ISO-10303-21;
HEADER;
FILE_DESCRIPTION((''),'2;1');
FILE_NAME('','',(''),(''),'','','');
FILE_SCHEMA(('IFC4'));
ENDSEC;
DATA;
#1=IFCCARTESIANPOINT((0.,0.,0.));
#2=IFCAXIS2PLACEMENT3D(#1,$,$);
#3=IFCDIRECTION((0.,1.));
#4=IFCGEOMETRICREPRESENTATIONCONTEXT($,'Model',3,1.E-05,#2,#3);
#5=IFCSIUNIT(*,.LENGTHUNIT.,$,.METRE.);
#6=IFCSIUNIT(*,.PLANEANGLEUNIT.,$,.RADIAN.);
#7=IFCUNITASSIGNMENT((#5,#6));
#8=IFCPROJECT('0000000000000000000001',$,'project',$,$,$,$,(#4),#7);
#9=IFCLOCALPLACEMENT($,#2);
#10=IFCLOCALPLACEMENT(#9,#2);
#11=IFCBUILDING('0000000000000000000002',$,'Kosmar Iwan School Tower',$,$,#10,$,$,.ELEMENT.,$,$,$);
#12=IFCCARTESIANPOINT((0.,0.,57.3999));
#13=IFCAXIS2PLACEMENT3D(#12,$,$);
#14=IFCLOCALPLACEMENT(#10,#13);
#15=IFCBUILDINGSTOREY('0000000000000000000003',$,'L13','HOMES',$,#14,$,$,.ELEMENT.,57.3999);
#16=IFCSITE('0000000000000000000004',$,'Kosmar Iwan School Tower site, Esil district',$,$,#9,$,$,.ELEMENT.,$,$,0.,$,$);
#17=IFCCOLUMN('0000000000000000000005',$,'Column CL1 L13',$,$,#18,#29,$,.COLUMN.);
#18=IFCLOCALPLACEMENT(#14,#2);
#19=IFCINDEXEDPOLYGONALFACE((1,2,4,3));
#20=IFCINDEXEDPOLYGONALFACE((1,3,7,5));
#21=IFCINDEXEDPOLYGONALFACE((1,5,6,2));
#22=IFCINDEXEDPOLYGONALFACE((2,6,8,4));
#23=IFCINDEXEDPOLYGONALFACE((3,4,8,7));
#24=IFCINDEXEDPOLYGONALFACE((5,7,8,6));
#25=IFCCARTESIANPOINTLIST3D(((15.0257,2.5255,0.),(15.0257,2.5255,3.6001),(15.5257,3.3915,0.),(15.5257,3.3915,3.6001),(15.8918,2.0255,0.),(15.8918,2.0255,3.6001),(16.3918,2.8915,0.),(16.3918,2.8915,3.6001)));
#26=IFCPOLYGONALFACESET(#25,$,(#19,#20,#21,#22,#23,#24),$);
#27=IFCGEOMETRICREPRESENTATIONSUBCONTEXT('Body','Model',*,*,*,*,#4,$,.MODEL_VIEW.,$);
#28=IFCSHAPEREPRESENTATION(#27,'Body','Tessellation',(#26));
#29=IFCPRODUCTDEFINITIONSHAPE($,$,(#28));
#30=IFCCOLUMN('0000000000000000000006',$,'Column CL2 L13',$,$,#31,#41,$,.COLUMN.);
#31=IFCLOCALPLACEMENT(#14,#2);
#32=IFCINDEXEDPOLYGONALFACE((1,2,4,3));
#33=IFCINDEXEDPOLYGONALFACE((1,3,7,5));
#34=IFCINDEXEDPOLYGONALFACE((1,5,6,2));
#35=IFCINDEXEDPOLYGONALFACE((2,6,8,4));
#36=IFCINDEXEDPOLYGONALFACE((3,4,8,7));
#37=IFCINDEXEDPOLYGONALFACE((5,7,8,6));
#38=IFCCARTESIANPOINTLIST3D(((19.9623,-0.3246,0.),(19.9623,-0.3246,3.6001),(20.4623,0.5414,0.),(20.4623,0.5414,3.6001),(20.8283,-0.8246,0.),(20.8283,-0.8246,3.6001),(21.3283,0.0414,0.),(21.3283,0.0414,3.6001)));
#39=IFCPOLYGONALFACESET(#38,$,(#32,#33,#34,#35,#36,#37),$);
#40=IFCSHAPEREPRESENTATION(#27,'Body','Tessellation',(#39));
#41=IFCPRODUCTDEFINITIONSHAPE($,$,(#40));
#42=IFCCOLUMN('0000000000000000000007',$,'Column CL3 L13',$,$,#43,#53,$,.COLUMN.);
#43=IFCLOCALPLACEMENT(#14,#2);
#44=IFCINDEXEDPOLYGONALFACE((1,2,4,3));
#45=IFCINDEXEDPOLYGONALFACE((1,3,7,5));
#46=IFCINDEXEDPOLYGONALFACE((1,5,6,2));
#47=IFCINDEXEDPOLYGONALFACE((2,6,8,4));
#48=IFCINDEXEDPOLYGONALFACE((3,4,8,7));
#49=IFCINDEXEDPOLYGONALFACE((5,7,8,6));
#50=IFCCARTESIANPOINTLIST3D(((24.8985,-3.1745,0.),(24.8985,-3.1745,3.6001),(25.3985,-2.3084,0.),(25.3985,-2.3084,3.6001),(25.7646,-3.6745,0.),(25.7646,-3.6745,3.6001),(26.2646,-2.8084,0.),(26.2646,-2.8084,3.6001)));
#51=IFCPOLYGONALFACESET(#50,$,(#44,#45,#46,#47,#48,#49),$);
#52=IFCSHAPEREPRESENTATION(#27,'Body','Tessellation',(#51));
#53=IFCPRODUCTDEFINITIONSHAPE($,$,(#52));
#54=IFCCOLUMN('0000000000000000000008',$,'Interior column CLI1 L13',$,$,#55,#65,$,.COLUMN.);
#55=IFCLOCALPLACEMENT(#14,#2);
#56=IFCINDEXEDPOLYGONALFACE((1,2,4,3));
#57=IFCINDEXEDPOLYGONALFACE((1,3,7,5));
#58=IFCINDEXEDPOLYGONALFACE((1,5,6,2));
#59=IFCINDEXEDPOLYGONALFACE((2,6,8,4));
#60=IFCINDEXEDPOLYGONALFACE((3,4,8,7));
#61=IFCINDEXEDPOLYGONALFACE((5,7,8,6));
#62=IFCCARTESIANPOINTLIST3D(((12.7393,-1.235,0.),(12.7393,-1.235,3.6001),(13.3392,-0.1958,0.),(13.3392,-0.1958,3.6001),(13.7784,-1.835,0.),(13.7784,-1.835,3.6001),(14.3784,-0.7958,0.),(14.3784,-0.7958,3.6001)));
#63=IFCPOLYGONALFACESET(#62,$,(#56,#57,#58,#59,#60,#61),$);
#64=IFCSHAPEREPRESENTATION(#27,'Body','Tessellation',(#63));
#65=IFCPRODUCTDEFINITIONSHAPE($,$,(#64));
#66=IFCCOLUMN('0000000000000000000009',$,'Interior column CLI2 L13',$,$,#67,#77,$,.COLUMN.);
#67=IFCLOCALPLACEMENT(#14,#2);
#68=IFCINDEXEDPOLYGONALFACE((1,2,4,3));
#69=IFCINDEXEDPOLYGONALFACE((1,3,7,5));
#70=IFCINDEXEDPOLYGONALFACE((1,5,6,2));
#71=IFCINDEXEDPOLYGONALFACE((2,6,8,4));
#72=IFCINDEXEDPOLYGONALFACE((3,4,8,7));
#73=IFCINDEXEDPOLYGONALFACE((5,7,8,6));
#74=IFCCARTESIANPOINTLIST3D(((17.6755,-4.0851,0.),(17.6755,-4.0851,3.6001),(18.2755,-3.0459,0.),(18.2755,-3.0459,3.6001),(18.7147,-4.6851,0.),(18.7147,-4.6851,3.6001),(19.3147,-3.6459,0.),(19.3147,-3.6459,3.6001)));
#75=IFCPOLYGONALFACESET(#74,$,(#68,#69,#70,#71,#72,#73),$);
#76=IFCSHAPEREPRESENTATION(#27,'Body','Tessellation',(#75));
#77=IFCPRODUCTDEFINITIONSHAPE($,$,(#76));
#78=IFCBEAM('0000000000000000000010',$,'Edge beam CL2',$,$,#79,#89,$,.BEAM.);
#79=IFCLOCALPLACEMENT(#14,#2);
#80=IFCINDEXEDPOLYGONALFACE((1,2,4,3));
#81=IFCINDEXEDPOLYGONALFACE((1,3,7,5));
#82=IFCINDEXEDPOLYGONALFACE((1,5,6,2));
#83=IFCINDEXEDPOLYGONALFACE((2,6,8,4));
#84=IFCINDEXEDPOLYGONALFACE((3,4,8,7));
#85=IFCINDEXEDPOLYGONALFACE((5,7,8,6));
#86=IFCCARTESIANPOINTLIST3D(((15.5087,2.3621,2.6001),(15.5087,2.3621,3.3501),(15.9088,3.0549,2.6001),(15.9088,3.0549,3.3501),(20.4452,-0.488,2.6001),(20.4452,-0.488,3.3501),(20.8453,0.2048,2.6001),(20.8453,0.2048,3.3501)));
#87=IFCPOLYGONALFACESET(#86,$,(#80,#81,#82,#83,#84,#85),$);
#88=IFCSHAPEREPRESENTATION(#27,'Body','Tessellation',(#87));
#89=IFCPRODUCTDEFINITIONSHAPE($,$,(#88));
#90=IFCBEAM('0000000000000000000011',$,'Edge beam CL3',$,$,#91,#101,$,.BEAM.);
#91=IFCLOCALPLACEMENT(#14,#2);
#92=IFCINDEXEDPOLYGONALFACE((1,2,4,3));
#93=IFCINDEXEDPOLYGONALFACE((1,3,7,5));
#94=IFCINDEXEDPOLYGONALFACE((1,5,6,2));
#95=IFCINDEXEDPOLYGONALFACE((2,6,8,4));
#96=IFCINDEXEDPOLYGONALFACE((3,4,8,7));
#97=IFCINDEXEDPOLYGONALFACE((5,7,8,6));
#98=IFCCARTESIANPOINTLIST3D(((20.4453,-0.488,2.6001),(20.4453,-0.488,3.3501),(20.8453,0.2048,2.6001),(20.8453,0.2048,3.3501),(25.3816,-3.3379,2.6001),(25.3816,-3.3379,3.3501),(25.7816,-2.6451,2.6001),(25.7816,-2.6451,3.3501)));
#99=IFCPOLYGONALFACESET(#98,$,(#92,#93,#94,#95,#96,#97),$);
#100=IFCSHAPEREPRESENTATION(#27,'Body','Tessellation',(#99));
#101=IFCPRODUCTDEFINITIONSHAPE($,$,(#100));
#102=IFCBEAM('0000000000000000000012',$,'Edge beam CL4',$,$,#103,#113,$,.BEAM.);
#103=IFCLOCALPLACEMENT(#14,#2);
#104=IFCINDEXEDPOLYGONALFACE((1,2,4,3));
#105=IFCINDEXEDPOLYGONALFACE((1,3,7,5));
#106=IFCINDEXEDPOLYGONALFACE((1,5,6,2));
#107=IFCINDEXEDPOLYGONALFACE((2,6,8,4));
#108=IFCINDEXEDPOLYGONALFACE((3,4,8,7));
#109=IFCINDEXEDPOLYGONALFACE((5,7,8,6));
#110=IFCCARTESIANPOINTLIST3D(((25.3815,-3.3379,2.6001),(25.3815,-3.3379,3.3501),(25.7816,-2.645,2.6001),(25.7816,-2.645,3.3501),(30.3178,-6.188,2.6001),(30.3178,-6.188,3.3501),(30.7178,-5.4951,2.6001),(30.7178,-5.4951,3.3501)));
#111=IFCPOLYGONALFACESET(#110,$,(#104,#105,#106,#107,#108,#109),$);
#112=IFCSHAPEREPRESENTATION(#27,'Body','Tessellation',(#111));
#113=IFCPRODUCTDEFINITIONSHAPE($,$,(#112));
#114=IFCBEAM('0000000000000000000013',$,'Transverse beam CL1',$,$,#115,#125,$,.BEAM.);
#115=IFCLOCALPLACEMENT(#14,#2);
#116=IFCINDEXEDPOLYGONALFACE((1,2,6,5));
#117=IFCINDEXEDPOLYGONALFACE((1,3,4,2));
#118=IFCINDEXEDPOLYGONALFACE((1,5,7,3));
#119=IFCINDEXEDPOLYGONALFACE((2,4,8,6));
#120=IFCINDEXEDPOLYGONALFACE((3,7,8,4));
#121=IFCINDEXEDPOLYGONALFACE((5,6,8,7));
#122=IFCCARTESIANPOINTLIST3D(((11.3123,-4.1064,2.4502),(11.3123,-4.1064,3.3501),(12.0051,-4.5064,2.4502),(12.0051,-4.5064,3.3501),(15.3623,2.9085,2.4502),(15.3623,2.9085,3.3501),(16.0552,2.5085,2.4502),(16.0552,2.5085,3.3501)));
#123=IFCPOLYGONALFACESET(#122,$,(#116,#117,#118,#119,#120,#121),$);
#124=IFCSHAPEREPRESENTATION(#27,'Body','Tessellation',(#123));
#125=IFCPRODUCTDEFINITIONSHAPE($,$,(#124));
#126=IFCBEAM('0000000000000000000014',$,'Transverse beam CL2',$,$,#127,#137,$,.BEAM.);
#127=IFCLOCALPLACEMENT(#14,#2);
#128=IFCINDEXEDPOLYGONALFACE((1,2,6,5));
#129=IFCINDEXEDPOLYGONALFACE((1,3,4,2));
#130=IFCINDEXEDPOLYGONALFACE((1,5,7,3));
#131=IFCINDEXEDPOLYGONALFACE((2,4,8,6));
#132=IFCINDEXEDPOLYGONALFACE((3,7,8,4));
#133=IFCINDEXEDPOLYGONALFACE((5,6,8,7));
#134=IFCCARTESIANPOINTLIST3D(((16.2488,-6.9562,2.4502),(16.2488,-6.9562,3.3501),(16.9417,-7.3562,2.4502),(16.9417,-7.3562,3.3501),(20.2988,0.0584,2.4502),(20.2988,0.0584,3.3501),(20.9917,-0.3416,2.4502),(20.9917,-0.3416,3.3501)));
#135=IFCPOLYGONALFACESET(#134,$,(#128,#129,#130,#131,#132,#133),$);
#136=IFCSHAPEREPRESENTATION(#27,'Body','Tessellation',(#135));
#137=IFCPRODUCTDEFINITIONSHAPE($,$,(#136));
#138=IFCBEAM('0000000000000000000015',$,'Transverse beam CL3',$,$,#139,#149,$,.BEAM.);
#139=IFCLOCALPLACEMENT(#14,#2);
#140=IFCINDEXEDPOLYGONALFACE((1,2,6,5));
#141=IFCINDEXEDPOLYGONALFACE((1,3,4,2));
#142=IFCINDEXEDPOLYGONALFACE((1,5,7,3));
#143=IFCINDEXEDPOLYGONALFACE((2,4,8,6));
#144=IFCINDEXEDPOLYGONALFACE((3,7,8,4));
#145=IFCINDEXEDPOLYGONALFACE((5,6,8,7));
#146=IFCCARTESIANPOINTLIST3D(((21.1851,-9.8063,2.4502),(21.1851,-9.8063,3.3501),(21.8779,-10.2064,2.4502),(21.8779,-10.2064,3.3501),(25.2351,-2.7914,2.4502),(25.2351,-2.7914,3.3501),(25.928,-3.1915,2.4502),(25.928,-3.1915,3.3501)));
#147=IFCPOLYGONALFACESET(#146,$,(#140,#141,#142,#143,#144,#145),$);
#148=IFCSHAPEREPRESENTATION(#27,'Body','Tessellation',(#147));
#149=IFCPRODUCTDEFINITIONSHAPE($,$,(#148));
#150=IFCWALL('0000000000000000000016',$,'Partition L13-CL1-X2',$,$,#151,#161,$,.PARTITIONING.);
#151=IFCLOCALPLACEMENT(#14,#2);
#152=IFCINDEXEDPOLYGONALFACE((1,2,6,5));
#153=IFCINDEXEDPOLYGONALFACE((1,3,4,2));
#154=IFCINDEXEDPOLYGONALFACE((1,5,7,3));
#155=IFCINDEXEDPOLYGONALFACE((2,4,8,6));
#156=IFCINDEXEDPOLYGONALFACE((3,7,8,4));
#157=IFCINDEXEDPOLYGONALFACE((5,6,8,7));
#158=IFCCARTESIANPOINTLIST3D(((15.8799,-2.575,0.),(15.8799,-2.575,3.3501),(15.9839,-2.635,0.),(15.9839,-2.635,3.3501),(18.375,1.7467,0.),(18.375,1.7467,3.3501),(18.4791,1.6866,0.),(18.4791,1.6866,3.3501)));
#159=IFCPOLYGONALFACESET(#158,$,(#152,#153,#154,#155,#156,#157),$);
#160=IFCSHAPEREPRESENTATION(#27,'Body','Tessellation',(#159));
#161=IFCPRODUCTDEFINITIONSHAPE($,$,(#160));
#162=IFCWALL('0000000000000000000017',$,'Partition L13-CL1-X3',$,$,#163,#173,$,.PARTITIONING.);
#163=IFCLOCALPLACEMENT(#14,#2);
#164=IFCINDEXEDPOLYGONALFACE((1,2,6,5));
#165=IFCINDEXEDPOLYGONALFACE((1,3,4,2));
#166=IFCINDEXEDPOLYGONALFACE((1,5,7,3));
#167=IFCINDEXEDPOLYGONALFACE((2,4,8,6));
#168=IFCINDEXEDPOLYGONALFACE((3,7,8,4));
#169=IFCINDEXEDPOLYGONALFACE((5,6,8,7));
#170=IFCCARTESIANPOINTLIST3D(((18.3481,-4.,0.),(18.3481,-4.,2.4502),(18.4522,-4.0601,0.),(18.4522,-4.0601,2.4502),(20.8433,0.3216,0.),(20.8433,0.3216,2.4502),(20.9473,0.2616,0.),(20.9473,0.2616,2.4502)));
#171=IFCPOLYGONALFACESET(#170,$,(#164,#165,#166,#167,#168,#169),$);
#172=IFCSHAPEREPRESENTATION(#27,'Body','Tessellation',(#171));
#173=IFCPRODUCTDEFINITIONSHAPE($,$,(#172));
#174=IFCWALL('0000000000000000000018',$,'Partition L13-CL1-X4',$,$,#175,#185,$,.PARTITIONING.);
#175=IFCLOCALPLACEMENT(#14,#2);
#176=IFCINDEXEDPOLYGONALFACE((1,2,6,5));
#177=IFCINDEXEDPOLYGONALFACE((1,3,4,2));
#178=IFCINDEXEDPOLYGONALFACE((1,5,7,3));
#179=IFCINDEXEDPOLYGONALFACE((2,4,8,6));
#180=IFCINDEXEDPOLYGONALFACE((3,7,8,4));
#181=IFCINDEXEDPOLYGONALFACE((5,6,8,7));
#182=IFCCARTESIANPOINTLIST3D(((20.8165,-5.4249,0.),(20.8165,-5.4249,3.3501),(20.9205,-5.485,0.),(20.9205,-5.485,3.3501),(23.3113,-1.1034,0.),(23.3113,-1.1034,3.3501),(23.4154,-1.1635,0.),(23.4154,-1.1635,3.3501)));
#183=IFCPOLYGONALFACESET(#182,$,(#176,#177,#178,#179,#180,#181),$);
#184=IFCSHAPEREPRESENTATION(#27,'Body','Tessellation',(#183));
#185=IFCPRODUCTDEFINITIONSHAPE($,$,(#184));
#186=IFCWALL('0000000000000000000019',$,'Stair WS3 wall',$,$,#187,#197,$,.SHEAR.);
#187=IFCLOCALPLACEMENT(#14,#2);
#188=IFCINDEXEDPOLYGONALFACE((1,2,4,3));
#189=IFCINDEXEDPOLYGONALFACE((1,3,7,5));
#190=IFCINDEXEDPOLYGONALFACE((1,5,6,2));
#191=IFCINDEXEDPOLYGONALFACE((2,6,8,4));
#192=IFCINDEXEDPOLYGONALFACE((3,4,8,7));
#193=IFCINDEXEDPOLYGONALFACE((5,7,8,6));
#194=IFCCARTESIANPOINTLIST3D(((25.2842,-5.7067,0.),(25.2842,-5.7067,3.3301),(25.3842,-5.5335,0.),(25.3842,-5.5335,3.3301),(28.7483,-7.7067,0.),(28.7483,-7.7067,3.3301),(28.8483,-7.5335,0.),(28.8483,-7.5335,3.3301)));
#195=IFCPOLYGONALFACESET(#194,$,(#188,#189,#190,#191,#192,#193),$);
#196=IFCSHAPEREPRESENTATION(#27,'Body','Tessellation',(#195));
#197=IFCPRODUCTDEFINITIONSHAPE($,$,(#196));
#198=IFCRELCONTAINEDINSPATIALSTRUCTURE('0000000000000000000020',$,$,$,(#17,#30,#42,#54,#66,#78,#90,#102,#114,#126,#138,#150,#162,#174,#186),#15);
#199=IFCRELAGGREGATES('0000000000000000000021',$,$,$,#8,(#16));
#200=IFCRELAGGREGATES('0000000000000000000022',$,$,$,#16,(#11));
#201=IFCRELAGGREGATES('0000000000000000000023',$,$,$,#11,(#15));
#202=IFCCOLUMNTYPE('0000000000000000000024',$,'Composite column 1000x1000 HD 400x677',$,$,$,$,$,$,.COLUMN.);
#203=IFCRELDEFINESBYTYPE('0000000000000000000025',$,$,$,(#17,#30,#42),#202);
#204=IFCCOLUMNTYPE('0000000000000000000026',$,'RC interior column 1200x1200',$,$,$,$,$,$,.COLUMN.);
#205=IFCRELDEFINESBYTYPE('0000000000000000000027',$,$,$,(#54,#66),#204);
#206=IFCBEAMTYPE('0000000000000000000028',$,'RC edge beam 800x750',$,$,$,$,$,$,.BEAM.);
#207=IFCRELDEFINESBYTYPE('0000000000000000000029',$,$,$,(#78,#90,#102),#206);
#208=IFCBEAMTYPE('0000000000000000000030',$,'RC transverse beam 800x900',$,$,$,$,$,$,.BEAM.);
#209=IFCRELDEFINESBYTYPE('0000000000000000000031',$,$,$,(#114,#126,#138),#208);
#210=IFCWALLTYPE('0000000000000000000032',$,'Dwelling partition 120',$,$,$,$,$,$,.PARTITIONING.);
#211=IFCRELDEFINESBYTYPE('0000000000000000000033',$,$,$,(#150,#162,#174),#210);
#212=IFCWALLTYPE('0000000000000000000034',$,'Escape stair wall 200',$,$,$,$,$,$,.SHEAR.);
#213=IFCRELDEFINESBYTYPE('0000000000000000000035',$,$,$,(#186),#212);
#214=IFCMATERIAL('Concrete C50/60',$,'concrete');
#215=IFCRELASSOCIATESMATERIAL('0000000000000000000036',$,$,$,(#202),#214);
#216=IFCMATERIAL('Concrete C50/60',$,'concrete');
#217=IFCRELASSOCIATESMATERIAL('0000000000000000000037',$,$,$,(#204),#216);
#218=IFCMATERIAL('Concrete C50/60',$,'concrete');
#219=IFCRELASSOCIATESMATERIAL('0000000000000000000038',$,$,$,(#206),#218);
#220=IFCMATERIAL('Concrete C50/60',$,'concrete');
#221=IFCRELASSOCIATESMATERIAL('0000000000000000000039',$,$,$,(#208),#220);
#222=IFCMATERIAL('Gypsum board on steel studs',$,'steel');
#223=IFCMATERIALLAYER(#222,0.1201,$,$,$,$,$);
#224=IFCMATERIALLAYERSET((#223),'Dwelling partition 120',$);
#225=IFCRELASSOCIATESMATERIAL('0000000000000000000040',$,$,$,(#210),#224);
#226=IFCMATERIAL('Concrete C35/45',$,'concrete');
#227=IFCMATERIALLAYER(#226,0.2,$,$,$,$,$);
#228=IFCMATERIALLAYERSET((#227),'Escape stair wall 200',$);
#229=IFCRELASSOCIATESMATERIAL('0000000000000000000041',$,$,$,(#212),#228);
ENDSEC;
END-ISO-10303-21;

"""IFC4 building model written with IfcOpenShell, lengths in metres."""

from ifc_helpers import new_model, si_unit, direction, frame, frame_2d, origin, origin_2d, place, context, subcontext, project, spatial, rectangle, extrude, material, layer, layer_set, material_profile, profile_set, type_object, element, save


model = new_model("IFC4")

# Units and contexts
model_context = context("Model", 3, precision=1e-05, world=origin(), true_north=direction((0.0, 1.0)))
body_context = subcontext(model_context, "Body", "Model", "MODEL_VIEW")
ifc_project = project(units=[si_unit("LENGTHUNIT", "METRE"), si_unit("PLANEANGLEUNIT", "RADIAN")], contexts=[model_context])

# Site, building, storey
site_placement = place(None, origin())
site = spatial("IfcSite", under=ifc_project, at=site_placement, Name="Kosmar Iwan School Tower site, Esil district", CompositionType="ELEMENT", RefElevation=0.0)
building_placement = place(site_placement, origin())
building = spatial("IfcBuilding", under=site, at=building_placement, Name="Kosmar Iwan School Tower", CompositionType="ELEMENT")
storey_placement = place(building_placement, frame((0.0, 0.0, 57.3999)))
storey = spatial("IfcBuildingStorey", under=building, at=storey_placement, Name="L13", Description="HOMES", CompositionType="ELEMENT", Elevation=57.3999)

# Columns
ifc_material_1 = material(Name="Concrete C50/60", Category="concrete")
ifc_material_profile_1 = material_profile(ifc_material_1, rectangle(XDim=1.0, YDim=1.0, at=origin_2d()), Name="RC 1000x1000 + HD 400x677")
ifc_profile_set_1 = profile_set([ifc_material_profile_1], Name="Concrete C50/60")
column_type_1 = type_object("IfcColumnType", Name="Composite column 1000x1000 HD 400x677", PredefinedType="COLUMN", material=ifc_profile_set_1)
for number, where, z_axis, x_axis, name in (
    (1, (15.7087, 2.7085, 0.0), (0.0, 0.0, 1.0), (0.866025, -0.5, 0.0), "Column CL1 L13"),
    (2, (20.6453, -0.1416, 0.0), (0.0, 0.0, 1.0), (0.866025, -0.5, 0.0), "Column CL2 L13"),
    (3, (25.5815, -2.9915, 0.0), (0.0, 0.0, 1.0), (0.866025, -0.5, 0.0), "Column CL3 L13"),
):
    element("IfcColumn", number, at=place(storey_placement, frame(where, z_axis=z_axis, x_axis=x_axis)), inside=storey, type_object=column_type_1, Name=name, PredefinedType="COLUMN", context=body_context, shape_type="SweptSolid", body=[
        extrude(rectangle(XDim=1.0, YDim=1.0, at=origin_2d()), origin(), (0.0, 0.0, 1.0), 3.6001),
    ])
ifc_material_2 = material(Name="Concrete C50/60", Category="concrete")
ifc_material_profile_2 = material_profile(ifc_material_2, rectangle(XDim=1.2, YDim=1.2, at=origin_2d()), Name="RC 1200x1200")
ifc_profile_set_2 = profile_set([ifc_material_profile_2], Name="Concrete C50/60")
column_type_2 = type_object("IfcColumnType", Name="RC interior column 1200x1200", PredefinedType="COLUMN", material=ifc_profile_set_2)
for number, where, z_axis, x_axis, name in (
    (4, (13.5588, -1.0154, 0.0), (0.0, 0.0, 1.0), (0.866025, -0.5, 0.0), "Interior column CLI1 L13"),
    (5, (18.4951, -3.8655, 0.0), (0.0, 0.0, 1.0), (0.866025, -0.5, 0.0), "Interior column CLI2 L13"),
):
    element("IfcColumn", number, at=place(storey_placement, frame(where, z_axis=z_axis, x_axis=x_axis)), inside=storey, type_object=column_type_2, Name=name, PredefinedType="COLUMN", context=body_context, shape_type="SweptSolid", body=[
        extrude(rectangle(XDim=1.2, YDim=1.2, at=origin_2d()), origin(), (0.0, 0.0, 1.0), 3.6001),
    ])

# Beams
ifc_material_3 = material(Name="Concrete C50/60", Category="concrete")
ifc_material_profile_3 = material_profile(ifc_material_3, rectangle(XDim=0.8, YDim=0.75, at=origin_2d()), Name="RC 800x750")
ifc_profile_set_3 = profile_set([ifc_material_profile_3], Name="Concrete C50/60")
beam_type_1 = type_object("IfcBeamType", Name="RC edge beam 800x750", PredefinedType="BEAM", material=ifc_profile_set_3)
beam_1_placement = place(storey_placement, frame((15.7087, 2.7085, 2.9751), z_axis=(0.866026, -0.499999, 0.0), x_axis=(0.499999, 0.866026, 0.0)))
element("IfcBeam", 6, at=beam_1_placement, inside=storey, type_object=beam_type_1, Name="Edge beam CL2", PredefinedType="BEAM", context=body_context, shape_type="SweptSolid", body=[
    extrude(rectangle(XDim=0.8, YDim=0.75, at=origin_2d()), origin(), (0.0, 0.0, 1.0), 5.7002),
])
for number, where, z_axis, x_axis, name in (
    (7, (20.6453, -0.1416, 2.9751), (0.866034, -0.499986, 0.0), (0.499986, 0.866034, 0.0), "Edge beam CL3"),
    (8, (25.5815, -2.9915, 2.9751), (0.866015, -0.500018, 0.0), (0.500018, 0.866015, 0.0), "Edge beam CL4"),
):
    element("IfcBeam", number, at=place(storey_placement, frame(where, z_axis=z_axis, x_axis=x_axis)), inside=storey, type_object=beam_type_1, Name=name, PredefinedType="BEAM", context=body_context, shape_type="SweptSolid", body=[
        extrude(rectangle(XDim=0.8, YDim=0.75, at=origin_2d()), origin(), (0.0, 0.0, 1.0), 5.7),
    ])
ifc_material_4 = material(Name="Concrete C50/60", Category="concrete")
ifc_material_profile_4 = material_profile(ifc_material_4, rectangle(XDim=0.8, YDim=0.8999, at=origin_2d()), Name="RC 800x900")
ifc_profile_set_4 = profile_set([ifc_material_profile_4], Name="Concrete C50/60")
beam_type_2 = type_object("IfcBeamType", Name="RC transverse beam 800x900", PredefinedType="BEAM", material=ifc_profile_set_4)
beam_2_placement = place(storey_placement, frame((15.7087, 2.7085, 2.9001), z_axis=(-0.5, -0.866025, 0.0), x_axis=(0.866025, -0.5, 0.0)))
element("IfcBeam", 9, at=beam_2_placement, inside=storey, type_object=beam_type_2, Name="Transverse beam CL1", PredefinedType="BEAM", context=body_context, shape_type="SweptSolid", body=[
    extrude(rectangle(XDim=0.8, YDim=0.8999, at=origin_2d()), origin(), (0.0, 0.0, 1.0), 8.1001),
])
beam_3_placement = place(storey_placement, frame((20.6453, -0.1416, 2.9001), z_axis=(-0.500013, -0.866018, 0.0), x_axis=(0.866018, -0.500013, 0.0)))
element("IfcBeam", 10, at=beam_3_placement, inside=storey, type_object=beam_type_2, Name="Transverse beam CL2", PredefinedType="BEAM", context=body_context, shape_type="SweptSolid", body=[
    extrude(rectangle(XDim=0.8, YDim=0.8999, at=origin_2d()), origin(), (0.0, 0.0, 1.0), 8.0999),
])
beam_4_placement = place(storey_placement, frame((25.5815, -2.9915, 2.9001), z_axis=(-0.5, -0.866025, 0.0), x_axis=(0.866025, -0.5, 0.0)))
element("IfcBeam", 11, at=beam_4_placement, inside=storey, type_object=beam_type_2, Name="Transverse beam CL3", PredefinedType="BEAM", context=body_context, shape_type="SweptSolid", body=[
    extrude(rectangle(XDim=0.8, YDim=0.8999, at=origin_2d()), origin(), (0.0, 0.0, 1.0), 8.1001),
])

# Walls
ifc_material_5 = material(Name="Gypsum board on steel studs", Category="steel")
ifc_layer_1 = layer(ifc_material_5, 0.1201)
ifc_layer_set_1 = layer_set([ifc_layer_1], Name="Dwelling partition 120")
wall_type_1 = type_object("IfcWallType", Name="Dwelling partition 120", PredefinedType="PARTITIONING", material=ifc_layer_set_1)
wall_1_placement = place(storey_placement, frame((15.9319, -2.605, 0.0), z_axis=(0.0, 0.0, 1.0), x_axis=(0.500012, 0.866019, 0.0)))
element("IfcWall", 12, at=wall_1_placement, inside=storey, type_object=wall_type_1, Name="Partition L13-CL1-X2", PredefinedType="PARTITIONING", context=body_context, shape_type="SweptSolid", body=[
    extrude(rectangle(XDim=4.9902, YDim=0.1201, at=frame_2d((2.4951, 0.0))), origin(), (0.0, 0.0, 1.0), 3.3501),
])
wall_2_placement = place(storey_placement, frame((18.4001, -4.03, 0.0), z_axis=(0.0, 0.0, 1.0), x_axis=(0.500012, 0.866019, 0.0)))
element("IfcWall", 13, at=wall_2_placement, inside=storey, type_object=wall_type_1, Name="Partition L13-CL1-X3", PredefinedType="PARTITIONING", context=body_context, shape_type="SweptSolid", body=[
    extrude(rectangle(XDim=4.9902, YDim=0.1201, at=frame_2d((2.4951, 0.0))), origin(), (0.0, 0.0, 1.0), 2.4502),
])
wall_3_placement = place(storey_placement, frame((20.8684, -5.4551, 0.0), z_axis=(0.0, 0.0, 1.0), x_axis=(0.499975, 0.86604, 0.0)))
element("IfcWall", 14, at=wall_3_placement, inside=storey, type_object=wall_type_1, Name="Partition L13-CL1-X4", PredefinedType="PARTITIONING", context=body_context, shape_type="SweptSolid", body=[
    extrude(rectangle(XDim=4.99, YDim=0.1201, at=frame_2d((2.4951, 0.0))), origin(), (0.0, 0.0, 1.0), 3.3501),
])
ifc_material_6 = material(Name="Concrete C35/45", Category="concrete")
ifc_layer_2 = layer(ifc_material_6, 0.2)
ifc_layer_set_2 = layer_set([ifc_layer_2], Name="Escape stair wall 200")
wall_type_2 = type_object("IfcWallType", Name="Escape stair wall 200", PredefinedType="SHEAR", material=ifc_layer_set_2)
wall_4_placement = place(storey_placement, frame((25.3342, -5.6201, 0.0), z_axis=(0.0, 0.0, 1.0), x_axis=(0.866026, -0.499999, 0.0)))
element("IfcWall", 15, at=wall_4_placement, inside=storey, type_object=wall_type_2, Name="Stair WS3 wall", PredefinedType="SHEAR", context=body_context, shape_type="SweptSolid", body=[
    extrude(rectangle(XDim=4.0, YDim=0.2, at=frame_2d((2.0, 0.0))), origin(), (0.0, 0.0, 1.0), 3.3301),
])

save(model, "model.ifc")
